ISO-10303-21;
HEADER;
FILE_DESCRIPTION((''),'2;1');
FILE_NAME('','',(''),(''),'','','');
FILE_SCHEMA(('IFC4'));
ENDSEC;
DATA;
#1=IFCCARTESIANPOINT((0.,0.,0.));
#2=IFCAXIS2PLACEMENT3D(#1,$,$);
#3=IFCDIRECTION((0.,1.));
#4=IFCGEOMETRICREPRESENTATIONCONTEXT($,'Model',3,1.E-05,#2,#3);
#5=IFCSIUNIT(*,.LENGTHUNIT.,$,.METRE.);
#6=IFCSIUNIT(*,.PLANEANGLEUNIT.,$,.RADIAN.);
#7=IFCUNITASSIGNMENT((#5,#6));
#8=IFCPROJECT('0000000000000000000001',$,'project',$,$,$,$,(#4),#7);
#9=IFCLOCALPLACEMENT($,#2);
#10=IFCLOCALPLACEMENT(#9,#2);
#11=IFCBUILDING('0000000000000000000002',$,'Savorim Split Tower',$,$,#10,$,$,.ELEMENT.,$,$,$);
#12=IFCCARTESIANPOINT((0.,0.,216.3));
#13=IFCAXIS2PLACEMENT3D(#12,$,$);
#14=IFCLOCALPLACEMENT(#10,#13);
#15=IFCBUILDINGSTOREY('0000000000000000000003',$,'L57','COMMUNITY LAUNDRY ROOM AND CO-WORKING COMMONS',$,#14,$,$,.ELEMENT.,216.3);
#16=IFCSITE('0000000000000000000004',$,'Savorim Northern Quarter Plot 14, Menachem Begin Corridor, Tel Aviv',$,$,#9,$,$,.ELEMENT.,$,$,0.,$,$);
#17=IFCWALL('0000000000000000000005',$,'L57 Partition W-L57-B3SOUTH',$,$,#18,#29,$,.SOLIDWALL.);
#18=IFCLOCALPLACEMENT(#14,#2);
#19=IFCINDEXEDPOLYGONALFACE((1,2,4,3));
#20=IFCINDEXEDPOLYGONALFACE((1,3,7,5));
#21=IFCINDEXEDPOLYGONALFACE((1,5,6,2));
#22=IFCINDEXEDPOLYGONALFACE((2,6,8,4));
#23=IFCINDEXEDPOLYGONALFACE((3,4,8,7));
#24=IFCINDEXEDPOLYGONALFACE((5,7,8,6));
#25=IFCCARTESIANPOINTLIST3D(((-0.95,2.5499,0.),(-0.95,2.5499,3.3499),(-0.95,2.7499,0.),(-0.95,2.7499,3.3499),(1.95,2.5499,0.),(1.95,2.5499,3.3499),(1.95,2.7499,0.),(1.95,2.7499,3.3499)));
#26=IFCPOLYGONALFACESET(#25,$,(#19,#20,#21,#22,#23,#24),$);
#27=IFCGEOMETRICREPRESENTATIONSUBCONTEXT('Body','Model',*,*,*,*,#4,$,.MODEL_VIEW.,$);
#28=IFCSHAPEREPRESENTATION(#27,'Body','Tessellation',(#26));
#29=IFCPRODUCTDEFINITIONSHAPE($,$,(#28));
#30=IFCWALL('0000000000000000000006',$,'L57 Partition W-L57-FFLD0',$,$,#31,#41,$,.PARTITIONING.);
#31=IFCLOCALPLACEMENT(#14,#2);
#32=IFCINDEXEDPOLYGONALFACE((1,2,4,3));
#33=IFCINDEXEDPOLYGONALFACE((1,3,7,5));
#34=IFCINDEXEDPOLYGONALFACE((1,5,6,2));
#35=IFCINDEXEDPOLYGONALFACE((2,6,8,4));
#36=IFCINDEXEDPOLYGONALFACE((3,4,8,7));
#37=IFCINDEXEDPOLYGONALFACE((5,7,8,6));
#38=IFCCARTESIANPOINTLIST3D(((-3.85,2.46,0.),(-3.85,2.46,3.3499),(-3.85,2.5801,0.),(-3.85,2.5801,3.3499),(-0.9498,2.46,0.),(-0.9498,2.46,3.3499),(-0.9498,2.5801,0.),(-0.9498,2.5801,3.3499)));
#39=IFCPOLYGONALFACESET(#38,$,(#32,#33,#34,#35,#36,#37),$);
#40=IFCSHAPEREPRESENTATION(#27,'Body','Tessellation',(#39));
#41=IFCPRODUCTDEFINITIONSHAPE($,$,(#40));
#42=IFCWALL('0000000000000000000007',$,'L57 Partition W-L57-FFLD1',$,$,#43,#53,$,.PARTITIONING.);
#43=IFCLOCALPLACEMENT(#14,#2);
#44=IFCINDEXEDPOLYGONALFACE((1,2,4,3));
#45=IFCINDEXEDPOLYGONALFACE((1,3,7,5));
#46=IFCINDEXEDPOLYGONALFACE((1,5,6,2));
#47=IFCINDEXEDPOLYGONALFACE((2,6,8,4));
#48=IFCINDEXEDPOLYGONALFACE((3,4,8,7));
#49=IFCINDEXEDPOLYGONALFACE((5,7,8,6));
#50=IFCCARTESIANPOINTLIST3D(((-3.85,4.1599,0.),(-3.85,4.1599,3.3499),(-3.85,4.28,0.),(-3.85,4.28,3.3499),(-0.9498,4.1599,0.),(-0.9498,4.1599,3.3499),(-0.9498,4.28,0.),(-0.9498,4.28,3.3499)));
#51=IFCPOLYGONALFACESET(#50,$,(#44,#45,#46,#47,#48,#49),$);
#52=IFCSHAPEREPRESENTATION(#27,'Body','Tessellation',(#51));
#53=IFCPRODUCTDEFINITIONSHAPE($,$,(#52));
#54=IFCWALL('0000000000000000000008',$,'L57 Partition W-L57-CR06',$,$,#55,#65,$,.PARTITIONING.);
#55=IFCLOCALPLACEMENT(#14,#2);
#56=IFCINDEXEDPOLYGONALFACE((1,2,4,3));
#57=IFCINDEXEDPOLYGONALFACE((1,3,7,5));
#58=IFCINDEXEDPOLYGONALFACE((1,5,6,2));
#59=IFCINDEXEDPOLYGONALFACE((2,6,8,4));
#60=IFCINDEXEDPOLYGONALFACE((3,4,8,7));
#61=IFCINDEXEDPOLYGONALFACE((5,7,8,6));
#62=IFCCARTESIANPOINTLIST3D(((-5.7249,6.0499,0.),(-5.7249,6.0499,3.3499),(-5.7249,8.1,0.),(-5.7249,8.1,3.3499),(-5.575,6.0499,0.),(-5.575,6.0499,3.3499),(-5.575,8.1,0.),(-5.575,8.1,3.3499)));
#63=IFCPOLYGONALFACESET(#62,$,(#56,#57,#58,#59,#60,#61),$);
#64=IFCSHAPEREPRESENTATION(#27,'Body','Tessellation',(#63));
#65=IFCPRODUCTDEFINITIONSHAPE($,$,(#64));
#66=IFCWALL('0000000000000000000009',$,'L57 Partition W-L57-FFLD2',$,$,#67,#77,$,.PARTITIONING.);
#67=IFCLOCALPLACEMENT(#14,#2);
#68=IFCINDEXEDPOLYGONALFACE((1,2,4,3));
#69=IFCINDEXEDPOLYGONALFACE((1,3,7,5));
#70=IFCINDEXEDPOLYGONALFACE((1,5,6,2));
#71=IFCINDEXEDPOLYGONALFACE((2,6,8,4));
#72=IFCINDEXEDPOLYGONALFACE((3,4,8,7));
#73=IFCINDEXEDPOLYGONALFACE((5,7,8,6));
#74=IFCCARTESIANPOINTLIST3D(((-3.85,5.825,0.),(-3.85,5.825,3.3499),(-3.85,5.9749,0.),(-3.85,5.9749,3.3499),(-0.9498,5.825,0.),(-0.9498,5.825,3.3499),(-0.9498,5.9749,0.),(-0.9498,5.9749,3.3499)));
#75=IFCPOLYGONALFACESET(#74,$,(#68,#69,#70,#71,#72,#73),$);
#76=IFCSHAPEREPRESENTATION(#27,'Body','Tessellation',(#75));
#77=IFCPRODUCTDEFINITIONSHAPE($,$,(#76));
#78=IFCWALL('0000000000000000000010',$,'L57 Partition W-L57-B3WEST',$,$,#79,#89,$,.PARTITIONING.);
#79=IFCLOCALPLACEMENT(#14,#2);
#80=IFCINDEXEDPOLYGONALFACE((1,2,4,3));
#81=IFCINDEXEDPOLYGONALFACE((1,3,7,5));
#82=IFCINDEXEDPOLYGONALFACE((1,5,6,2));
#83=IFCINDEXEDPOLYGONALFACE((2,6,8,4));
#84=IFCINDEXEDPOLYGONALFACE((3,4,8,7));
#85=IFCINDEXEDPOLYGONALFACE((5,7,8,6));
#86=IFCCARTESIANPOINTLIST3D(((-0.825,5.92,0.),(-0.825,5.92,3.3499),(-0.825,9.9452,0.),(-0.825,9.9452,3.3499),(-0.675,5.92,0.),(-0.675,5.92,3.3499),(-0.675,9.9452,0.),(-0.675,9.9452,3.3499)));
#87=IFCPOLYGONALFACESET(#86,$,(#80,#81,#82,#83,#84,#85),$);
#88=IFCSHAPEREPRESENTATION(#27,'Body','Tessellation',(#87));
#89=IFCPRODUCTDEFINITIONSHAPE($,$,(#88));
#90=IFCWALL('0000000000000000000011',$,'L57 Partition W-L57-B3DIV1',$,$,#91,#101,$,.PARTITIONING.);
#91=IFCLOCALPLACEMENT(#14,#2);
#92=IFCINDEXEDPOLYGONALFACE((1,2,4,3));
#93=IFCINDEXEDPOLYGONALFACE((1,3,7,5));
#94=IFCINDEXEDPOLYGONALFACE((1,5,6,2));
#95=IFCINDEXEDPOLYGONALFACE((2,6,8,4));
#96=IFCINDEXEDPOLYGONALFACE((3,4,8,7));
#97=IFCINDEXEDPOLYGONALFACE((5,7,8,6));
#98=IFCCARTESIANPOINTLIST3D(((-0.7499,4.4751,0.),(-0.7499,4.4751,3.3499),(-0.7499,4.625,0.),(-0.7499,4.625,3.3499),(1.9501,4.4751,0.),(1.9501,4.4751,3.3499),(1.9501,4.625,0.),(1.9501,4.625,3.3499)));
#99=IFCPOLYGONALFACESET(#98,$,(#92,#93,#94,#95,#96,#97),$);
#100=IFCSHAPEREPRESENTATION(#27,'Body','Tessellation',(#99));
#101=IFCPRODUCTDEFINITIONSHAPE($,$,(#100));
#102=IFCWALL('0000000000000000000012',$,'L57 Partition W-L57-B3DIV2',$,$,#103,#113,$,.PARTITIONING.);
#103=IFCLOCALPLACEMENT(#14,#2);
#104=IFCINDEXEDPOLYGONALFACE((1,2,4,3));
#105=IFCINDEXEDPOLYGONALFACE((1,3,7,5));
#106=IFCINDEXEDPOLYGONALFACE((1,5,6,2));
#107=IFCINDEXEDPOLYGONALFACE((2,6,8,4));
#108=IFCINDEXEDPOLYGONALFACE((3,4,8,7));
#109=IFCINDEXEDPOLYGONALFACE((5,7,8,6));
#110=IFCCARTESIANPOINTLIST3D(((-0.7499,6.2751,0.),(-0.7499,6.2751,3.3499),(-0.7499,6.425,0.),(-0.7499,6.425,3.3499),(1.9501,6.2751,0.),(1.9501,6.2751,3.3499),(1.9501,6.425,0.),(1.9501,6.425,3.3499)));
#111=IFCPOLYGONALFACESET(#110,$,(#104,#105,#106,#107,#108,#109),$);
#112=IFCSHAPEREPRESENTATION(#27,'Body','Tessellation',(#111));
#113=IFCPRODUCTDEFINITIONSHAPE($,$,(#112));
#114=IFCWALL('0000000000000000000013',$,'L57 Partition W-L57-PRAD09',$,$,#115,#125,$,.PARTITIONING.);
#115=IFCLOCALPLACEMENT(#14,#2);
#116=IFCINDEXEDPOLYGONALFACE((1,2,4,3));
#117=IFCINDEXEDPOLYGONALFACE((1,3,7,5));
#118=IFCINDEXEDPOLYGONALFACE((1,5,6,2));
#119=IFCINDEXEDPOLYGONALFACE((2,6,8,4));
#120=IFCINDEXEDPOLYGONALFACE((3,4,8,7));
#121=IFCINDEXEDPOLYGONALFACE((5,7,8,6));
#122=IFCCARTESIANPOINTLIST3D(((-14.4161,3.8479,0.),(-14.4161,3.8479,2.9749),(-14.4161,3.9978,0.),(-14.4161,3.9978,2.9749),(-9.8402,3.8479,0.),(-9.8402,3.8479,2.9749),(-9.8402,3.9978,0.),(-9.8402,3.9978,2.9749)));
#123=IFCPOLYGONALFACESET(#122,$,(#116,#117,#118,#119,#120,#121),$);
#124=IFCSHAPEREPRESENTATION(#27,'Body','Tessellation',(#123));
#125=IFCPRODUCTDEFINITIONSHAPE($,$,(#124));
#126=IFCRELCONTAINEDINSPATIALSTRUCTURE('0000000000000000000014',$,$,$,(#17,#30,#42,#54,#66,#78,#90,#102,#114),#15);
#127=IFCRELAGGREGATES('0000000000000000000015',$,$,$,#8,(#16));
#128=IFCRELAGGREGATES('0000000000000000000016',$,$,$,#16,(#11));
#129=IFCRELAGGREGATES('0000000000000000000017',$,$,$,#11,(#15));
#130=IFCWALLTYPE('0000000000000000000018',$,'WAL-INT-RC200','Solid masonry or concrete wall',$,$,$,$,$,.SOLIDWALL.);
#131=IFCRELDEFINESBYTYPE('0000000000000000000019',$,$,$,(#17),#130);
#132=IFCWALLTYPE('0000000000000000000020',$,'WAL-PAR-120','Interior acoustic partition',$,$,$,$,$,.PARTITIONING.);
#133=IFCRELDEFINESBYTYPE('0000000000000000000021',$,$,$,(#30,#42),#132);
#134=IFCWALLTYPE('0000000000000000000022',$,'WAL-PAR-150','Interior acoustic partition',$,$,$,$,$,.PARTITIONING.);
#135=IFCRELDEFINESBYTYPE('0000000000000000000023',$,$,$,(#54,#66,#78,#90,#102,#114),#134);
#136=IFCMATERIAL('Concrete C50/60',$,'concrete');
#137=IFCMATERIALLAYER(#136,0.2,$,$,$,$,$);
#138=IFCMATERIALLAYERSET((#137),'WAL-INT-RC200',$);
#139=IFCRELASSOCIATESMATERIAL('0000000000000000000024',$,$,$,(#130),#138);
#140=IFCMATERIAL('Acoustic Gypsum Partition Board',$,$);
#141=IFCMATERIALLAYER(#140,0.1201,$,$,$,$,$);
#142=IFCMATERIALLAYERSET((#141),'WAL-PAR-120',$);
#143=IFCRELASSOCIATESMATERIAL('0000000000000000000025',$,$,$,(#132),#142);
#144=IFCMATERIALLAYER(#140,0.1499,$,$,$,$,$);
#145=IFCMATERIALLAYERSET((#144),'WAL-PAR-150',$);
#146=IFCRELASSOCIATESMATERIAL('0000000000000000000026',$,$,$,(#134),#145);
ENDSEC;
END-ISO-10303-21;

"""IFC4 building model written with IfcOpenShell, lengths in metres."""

from ifc_helpers import new_model, si_unit, direction, frame, frame_2d, origin, place, context, subcontext, project, spatial, rectangle, extrude, material, layer, layer_set, type_object, element, save


model = new_model("IFC4")

# Units and contexts
model_context = context("Model", 3, precision=1e-05, world=origin(), true_north=direction((0.0, 1.0)))
body_context = subcontext(model_context, "Body", "Model", "MODEL_VIEW")
ifc_project = project(units=[si_unit("LENGTHUNIT", "METRE"), si_unit("PLANEANGLEUNIT", "RADIAN")], contexts=[model_context])

# Site, building, storey
site_placement = place(None, origin())
site = spatial("IfcSite", under=ifc_project, at=site_placement, Name="Savorim Northern Quarter Plot 14, Menachem Begin Corridor, Tel Aviv", CompositionType="ELEMENT", RefElevation=0.0)
building_placement = place(site_placement, origin())
building = spatial("IfcBuilding", under=site, at=building_placement, Name="Savorim Split Tower", CompositionType="ELEMENT")
storey_placement = place(building_placement, frame((0.0, 0.0, 216.3)))
storey = spatial("IfcBuildingStorey", under=building, at=storey_placement, Name="L57", Description="COMMUNITY LAUNDRY ROOM AND CO-WORKING COMMONS", CompositionType="ELEMENT", Elevation=216.3)

# Shared definitions
ifc_material_1 = material(Name="Concrete C50/60", Category="concrete")
ifc_layer_1 = layer(ifc_material_1, 0.2)
ifc_layer_set_1 = layer_set([ifc_layer_1], Name="WAL-INT-RC200")
wall_type_1 = type_object("IfcWallType", Name="WAL-INT-RC200", Description="Solid masonry or concrete wall", PredefinedType="SOLIDWALL", material=ifc_layer_set_1)

# Walls
wall_1_placement = place(storey_placement, frame((-0.95, 2.6499, 0.0), z_axis=(0.0, 0.0, 1.0), x_axis=(1.0, 0.0, 0.0)))
element("IfcWall", 1, at=wall_1_placement, inside=storey, type_object=wall_type_1, Name="L57 Partition W-L57-B3SOUTH", PredefinedType="SOLIDWALL", context=body_context, shape_type="SweptSolid", body=[
    extrude(rectangle(XDim=2.8999, YDim=0.2, at=frame_2d((1.45, 0.0))), origin(), (0.0, 0.0, 1.0), 3.3499),
])
ifc_material_2 = material(Name="Acoustic Gypsum Partition Board")
ifc_layer_2 = layer(ifc_material_2, 0.1201)
ifc_layer_set_2 = layer_set([ifc_layer_2], Name="WAL-PAR-120")
wall_type_2 = type_object("IfcWallType", Name="WAL-PAR-120", Description="Interior acoustic partition", PredefinedType="PARTITIONING", material=ifc_layer_set_2)
for number, where, z_axis, x_axis, name in (
    (2, (-3.8501, 2.52, 0.0), (0.0, 0.0, 1.0), (1.0, 0.0, 0.0), "L57 Partition W-L57-FFLD0"),
    (3, (-3.8501, 4.22, 0.0), (0.0, 0.0, 1.0), (1.0, 0.0, 0.0), "L57 Partition W-L57-FFLD1"),
):
    element("IfcWall", number, at=place(storey_placement, frame(where, z_axis=z_axis, x_axis=x_axis)), inside=storey, type_object=wall_type_2, Name=name, PredefinedType="PARTITIONING", context=body_context, shape_type="SweptSolid", body=[
        extrude(rectangle(XDim=2.9001, YDim=0.1201, at=frame_2d((1.4502, 0.0))), origin(), (0.0, 0.0, 1.0), 3.3499),
    ])
ifc_layer_3 = layer(ifc_material_2, 0.1499)
ifc_layer_set_3 = layer_set([ifc_layer_3], Name="WAL-PAR-150")
wall_type_3 = type_object("IfcWallType", Name="WAL-PAR-150", Description="Interior acoustic partition", PredefinedType="PARTITIONING", material=ifc_layer_set_3)
wall_2_placement = place(storey_placement, frame((-5.6499, 6.05, 0.0), z_axis=(0.0, 0.0, 1.0), x_axis=(0.0, 1.0, 0.0)))
element("IfcWall", 4, at=wall_2_placement, inside=storey, type_object=wall_type_3, Name="L57 Partition W-L57-CR06", PredefinedType="PARTITIONING", context=body_context, shape_type="SweptSolid", body=[
    extrude(rectangle(XDim=2.05, YDim=0.1499, at=frame_2d((1.0249, 0.0))), origin(), (0.0, 0.0, 1.0), 3.3499),
])
wall_3_placement = place(storey_placement, frame((-3.8501, 5.8999, 0.0), z_axis=(0.0, 0.0, 1.0), x_axis=(1.0, 0.0, 0.0)))
element("IfcWall", 5, at=wall_3_placement, inside=storey, type_object=wall_type_3, Name="L57 Partition W-L57-FFLD2", PredefinedType="PARTITIONING", context=body_context, shape_type="SweptSolid", body=[
    extrude(rectangle(XDim=2.9001, YDim=0.1499, at=frame_2d((1.4502, 0.0))), origin(), (0.0, 0.0, 1.0), 3.3499),
])
wall_4_placement = place(storey_placement, frame((-0.75, 5.9199, 0.0), z_axis=(0.0, 0.0, 1.0), x_axis=(0.0, 1.0, 0.0)))
element("IfcWall", 6, at=wall_4_placement, inside=storey, type_object=wall_type_3, Name="L57 Partition W-L57-B3WEST", PredefinedType="PARTITIONING", context=body_context, shape_type="SweptSolid", body=[
    extrude(rectangle(XDim=4.0251, YDim=0.1499, at=frame_2d((2.0127, 0.0))), origin(), (0.0, 0.0, 1.0), 3.3499),
])
for number, where, z_axis, x_axis, name in (
    (7, (-0.75, 4.55, 0.0), (0.0, 0.0, 1.0), (1.0, 0.0, 0.0), "L57 Partition W-L57-B3DIV1"),
    (8, (-0.75, 6.3501, 0.0), (0.0, 0.0, 1.0), (1.0, 0.0, 0.0), "L57 Partition W-L57-B3DIV2"),
):
    element("IfcWall", number, at=place(storey_placement, frame(where, z_axis=z_axis, x_axis=x_axis)), inside=storey, type_object=wall_type_3, Name=name, PredefinedType="PARTITIONING", context=body_context, shape_type="SweptSolid", body=[
        extrude(rectangle(XDim=2.7, YDim=0.1499, at=frame_2d((1.3501, 0.0))), origin(), (0.0, 0.0, 1.0), 3.3499),
    ])
wall_5_placement = place(storey_placement, frame((-9.8401, 3.9229, 0.0), z_axis=(0.0, 0.0, 1.0), x_axis=(-1.0, 0.0, 0.0)))
element("IfcWall", 9, at=wall_5_placement, inside=storey, type_object=wall_type_3, Name="L57 Partition W-L57-PRAD09", PredefinedType="PARTITIONING", context=body_context, shape_type="SweptSolid", body=[
    extrude(rectangle(XDim=4.5759, YDim=0.1499, at=frame_2d((2.2881, 0.0))), origin(), (0.0, 0.0, 1.0), 2.9749),
])

save(model, "model.ifc")
